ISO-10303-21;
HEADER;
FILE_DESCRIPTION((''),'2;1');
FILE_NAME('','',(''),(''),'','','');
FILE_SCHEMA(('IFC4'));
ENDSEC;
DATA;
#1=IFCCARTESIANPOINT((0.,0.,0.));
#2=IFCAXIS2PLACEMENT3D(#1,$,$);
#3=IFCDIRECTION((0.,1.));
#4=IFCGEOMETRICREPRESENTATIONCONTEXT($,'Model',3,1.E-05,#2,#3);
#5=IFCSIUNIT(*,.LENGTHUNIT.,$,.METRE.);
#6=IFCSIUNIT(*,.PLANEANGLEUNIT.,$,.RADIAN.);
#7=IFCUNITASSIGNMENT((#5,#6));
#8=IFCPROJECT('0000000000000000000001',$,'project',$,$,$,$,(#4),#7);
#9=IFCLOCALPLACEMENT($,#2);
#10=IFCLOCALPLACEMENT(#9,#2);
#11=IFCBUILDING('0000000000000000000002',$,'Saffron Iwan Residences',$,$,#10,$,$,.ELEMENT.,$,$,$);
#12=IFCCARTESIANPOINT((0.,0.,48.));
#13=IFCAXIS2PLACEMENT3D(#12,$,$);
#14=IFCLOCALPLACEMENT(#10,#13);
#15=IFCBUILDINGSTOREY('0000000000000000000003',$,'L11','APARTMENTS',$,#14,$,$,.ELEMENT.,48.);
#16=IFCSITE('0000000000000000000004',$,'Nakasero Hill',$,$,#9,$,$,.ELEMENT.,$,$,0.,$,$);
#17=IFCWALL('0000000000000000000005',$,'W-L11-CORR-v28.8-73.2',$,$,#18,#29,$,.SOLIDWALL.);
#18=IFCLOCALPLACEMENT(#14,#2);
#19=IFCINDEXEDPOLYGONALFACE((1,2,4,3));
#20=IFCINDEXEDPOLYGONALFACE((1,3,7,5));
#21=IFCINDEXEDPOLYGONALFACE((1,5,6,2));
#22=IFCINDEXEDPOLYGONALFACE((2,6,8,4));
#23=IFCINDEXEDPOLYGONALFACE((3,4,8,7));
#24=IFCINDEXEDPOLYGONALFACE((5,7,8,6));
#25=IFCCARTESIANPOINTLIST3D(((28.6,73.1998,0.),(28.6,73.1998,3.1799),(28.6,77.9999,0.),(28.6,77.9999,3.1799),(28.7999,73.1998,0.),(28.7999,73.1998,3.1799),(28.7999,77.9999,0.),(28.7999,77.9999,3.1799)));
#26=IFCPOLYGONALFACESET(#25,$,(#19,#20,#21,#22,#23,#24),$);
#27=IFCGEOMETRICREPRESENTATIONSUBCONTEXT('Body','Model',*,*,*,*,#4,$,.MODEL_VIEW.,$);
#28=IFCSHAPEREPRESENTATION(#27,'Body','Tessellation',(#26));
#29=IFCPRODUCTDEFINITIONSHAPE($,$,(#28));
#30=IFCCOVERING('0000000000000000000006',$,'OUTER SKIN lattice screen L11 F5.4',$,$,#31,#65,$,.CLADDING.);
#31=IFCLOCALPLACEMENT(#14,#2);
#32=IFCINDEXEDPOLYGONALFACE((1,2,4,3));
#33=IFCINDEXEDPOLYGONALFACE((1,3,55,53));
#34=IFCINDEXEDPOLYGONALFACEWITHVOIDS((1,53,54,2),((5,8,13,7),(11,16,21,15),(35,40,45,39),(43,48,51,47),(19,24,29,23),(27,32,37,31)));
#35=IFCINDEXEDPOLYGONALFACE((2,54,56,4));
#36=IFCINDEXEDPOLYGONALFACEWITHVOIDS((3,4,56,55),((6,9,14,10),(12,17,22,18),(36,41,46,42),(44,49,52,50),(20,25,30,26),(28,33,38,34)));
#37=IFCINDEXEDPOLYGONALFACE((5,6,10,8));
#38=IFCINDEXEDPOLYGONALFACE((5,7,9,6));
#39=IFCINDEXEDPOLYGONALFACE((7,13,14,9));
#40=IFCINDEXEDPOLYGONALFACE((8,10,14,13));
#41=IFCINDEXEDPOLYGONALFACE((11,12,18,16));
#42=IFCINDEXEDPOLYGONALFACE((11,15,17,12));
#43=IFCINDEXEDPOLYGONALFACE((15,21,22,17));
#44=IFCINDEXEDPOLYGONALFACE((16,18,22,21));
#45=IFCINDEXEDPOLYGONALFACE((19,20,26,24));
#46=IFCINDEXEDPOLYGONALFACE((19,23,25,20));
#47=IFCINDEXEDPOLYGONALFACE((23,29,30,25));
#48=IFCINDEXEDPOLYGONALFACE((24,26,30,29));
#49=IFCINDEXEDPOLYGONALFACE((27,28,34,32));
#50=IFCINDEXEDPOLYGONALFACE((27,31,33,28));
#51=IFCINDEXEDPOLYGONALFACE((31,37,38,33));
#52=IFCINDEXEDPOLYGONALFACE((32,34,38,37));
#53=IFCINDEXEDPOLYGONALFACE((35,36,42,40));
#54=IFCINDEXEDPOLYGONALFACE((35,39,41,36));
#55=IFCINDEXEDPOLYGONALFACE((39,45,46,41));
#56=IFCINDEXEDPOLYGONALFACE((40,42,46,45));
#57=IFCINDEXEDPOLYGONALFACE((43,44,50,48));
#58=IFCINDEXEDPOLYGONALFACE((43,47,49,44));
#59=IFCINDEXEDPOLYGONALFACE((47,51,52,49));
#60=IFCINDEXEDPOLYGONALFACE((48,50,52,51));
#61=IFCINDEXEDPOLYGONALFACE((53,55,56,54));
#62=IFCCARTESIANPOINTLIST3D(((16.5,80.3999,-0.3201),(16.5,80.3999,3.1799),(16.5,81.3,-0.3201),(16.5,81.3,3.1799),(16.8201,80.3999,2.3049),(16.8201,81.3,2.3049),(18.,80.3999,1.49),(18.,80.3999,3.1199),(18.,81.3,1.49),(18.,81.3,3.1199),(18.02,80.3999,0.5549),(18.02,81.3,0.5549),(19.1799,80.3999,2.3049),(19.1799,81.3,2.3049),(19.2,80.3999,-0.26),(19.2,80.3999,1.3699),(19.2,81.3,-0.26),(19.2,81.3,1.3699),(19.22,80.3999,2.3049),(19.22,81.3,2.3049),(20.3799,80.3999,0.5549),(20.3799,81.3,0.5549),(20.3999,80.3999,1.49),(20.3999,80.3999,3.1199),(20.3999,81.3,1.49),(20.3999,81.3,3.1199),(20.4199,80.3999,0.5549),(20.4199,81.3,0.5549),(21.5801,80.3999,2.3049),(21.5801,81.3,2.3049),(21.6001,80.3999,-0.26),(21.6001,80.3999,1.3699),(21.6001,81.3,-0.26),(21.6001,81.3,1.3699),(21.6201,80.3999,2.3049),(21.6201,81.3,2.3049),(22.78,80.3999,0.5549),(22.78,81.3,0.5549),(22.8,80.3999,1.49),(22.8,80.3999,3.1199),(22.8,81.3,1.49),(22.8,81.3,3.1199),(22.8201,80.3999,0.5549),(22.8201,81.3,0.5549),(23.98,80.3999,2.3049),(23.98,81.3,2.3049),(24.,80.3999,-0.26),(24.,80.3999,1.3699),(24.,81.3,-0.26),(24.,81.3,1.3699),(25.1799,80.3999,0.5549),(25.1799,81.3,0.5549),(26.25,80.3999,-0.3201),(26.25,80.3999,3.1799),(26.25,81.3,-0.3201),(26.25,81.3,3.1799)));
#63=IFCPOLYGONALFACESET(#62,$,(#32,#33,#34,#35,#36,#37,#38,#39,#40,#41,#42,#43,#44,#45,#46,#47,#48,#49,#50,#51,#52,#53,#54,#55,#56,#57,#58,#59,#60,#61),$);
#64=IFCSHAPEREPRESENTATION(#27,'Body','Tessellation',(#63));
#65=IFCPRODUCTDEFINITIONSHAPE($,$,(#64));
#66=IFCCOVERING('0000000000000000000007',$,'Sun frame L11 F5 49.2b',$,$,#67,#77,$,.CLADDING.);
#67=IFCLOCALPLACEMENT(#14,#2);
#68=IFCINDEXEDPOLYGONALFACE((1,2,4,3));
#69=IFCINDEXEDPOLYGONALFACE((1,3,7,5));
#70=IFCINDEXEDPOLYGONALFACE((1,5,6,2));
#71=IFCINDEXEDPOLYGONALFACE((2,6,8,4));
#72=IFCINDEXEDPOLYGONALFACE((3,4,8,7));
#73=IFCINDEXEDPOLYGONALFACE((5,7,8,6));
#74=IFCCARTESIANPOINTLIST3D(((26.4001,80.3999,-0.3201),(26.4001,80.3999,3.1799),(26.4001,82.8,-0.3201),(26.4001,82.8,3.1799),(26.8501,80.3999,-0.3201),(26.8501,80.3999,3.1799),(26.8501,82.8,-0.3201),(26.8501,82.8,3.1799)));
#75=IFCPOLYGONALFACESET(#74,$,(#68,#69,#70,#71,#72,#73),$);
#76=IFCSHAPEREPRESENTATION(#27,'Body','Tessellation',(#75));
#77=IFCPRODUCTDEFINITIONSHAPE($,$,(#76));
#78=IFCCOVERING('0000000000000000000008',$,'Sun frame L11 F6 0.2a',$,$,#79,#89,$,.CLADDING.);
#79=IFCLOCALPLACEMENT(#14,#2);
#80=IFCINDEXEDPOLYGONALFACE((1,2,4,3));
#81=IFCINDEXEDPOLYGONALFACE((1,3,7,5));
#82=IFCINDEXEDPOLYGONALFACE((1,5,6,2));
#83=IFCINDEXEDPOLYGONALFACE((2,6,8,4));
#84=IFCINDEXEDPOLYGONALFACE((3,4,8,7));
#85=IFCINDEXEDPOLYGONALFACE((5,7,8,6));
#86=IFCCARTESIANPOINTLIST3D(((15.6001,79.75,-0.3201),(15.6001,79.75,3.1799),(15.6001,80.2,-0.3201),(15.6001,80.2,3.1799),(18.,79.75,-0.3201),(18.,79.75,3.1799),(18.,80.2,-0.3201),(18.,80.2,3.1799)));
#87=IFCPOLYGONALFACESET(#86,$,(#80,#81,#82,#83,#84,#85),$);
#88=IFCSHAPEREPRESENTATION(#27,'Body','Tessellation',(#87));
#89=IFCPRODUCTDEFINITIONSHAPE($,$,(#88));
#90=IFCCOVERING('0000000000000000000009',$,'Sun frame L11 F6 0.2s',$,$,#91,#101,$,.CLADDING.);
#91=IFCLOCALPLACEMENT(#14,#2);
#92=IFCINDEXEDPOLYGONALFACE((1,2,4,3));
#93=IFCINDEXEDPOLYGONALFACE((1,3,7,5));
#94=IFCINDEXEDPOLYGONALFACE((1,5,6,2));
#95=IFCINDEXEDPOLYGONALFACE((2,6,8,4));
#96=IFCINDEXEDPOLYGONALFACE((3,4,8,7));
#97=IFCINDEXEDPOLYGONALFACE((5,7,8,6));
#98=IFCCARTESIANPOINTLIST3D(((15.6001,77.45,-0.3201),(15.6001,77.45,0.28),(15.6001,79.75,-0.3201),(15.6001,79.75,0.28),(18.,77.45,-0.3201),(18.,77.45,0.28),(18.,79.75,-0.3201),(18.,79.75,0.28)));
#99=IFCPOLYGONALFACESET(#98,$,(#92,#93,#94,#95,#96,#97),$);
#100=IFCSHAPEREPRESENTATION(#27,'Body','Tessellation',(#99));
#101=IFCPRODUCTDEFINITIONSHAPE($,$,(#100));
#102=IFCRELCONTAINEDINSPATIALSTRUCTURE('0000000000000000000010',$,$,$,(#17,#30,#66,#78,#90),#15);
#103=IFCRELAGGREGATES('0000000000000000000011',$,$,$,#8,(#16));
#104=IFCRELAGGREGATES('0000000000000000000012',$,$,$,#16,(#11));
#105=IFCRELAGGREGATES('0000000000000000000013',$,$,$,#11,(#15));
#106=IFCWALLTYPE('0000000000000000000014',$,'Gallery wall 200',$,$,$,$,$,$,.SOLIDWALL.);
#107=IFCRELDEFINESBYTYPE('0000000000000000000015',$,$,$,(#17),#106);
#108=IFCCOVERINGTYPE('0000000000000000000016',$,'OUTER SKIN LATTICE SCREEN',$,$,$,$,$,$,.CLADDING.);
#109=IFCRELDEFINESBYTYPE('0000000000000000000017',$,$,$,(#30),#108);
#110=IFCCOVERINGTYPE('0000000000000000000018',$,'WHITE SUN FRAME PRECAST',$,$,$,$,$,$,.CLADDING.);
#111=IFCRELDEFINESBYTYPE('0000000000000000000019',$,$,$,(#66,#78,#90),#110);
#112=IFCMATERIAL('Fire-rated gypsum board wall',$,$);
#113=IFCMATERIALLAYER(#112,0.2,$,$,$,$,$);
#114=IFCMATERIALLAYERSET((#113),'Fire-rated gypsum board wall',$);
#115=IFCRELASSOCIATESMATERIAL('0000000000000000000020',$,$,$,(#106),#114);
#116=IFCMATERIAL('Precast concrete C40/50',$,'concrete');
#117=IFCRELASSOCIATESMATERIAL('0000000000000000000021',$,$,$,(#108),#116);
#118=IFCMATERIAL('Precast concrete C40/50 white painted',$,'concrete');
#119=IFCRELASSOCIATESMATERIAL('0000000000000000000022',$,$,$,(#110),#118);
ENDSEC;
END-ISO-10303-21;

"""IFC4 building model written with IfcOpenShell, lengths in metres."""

from ifc_helpers import new_model, si_unit, direction, frame, frame_2d, origin, place, context, subcontext, project, spatial, polyline, rectangle, outline, extrude, material, layer, layer_set, type_object, element, save


model = new_model("IFC4")

# Units and contexts
model_context = context("Model", 3, precision=1e-05, world=origin(), true_north=direction((0.0, 1.0)))
body_context = subcontext(model_context, "Body", "Model", "MODEL_VIEW")
ifc_project = project(units=[si_unit("LENGTHUNIT", "METRE"), si_unit("PLANEANGLEUNIT", "RADIAN")], contexts=[model_context])

# Site, building, storey
site_placement = place(None, origin())
site = spatial("IfcSite", under=ifc_project, at=site_placement, Name="Nakasero Hill", CompositionType="ELEMENT", RefElevation=0.0)
building_placement = place(site_placement, origin())
building = spatial("IfcBuilding", under=site, at=building_placement, Name="Saffron Iwan Residences", CompositionType="ELEMENT")
storey_placement = place(building_placement, frame((0.0, 0.0, 48.0)))
storey = spatial("IfcBuildingStorey", under=building, at=storey_placement, Name="L11", Description="APARTMENTS", CompositionType="ELEMENT", Elevation=48.0)

# Wall
ifc_material_1 = material(Name="Fire-rated gypsum board wall")
ifc_layer_1 = layer(ifc_material_1, 0.2)
ifc_layer_set_1 = layer_set([ifc_layer_1], Name="Fire-rated gypsum board wall")
wall_type_1 = type_object("IfcWallType", Name="Gallery wall 200", PredefinedType="SOLIDWALL", material=ifc_layer_set_1)
wall_1_placement = place(storey_placement, frame((28.7, 73.2, 0.0), z_axis=(0.0, 0.0, 1.0), x_axis=(0.0, 1.0, 0.0)))
element("IfcWall", 1, at=wall_1_placement, inside=storey, type_object=wall_type_1, Name="W-L11-CORR-v28.8-73.2", PredefinedType="SOLIDWALL", context=body_context, shape_type="SweptSolid", body=[
    extrude(rectangle(XDim=4.8, YDim=0.2, at=frame_2d((2.3999, 0.0))), origin(), (0.0, 0.0, 1.0), 3.1799),
])

# Coverings
ifc_material_2 = material(Name="Precast concrete C40/50", Category="concrete")
covering_type_1 = type_object("IfcCoveringType", Name="OUTER SKIN LATTICE SCREEN", PredefinedType="CLADDING", material=ifc_material_2)
covering_1_placement = place(storey_placement, frame((26.25, 80.3999, -0.3201), z_axis=(0.0, 1.0, 0.0), x_axis=(-1.0, 0.0, 0.0)))
element("IfcCovering", 2, at=covering_1_placement, inside=storey, type_object=covering_type_1, Name="OUTER SKIN lattice screen L11 F5.4", PredefinedType="CLADDING", context=body_context, shape_type="SweptSolid", body=[
    extrude(outline(polyline([(0.0, 0.0), (9.75, 0.0), (9.75, 3.5), (0.0, 3.5), (0.0, 0.0)]), holes=[polyline([(1.0701, 0.875), (2.25, 0.0601), (3.4299, 0.875), (2.25, 1.6899), (1.0701, 0.875)]), polyline([(3.47, 0.875), (4.6499, 0.0601), (5.8301, 0.875), (4.6499, 1.6899), (3.47, 0.875)]), polyline([(5.8701, 0.875), (7.05, 0.0601), (8.23, 0.875), (7.05, 1.6899), (5.8701, 0.875)]), polyline([(2.27, 2.625), (3.45, 1.8101), (4.6299, 2.625), (3.45, 3.4399), (2.27, 2.625)]), polyline([(4.6699, 2.625), (5.8501, 1.8101), (7.03, 2.625), (5.8501, 3.4399), (4.6699, 2.625)]), polyline([(7.0701, 2.625), (8.25, 1.8101), (9.4299, 2.625), (8.25, 3.4399), (7.0701, 2.625)])]), origin(), (0.0, 0.0, 1.0), 0.9001),
])
ifc_material_3 = material(Name="Precast concrete C40/50 white painted", Category="concrete")
covering_type_2 = type_object("IfcCoveringType", Name="WHITE SUN FRAME PRECAST", PredefinedType="CLADDING", material=ifc_material_3)
covering_2_placement = place(storey_placement, frame((26.8501, 80.3999, -0.3201), z_axis=(0.0, 1.0, 0.0), x_axis=(-1.0, 0.0, 0.0)))
element("IfcCovering", 3, at=covering_2_placement, inside=storey, type_object=covering_type_2, Name="Sun frame L11 F5 49.2b", PredefinedType="CLADDING", context=body_context, shape_type="SweptSolid", body=[
    extrude(outline(polyline([(0.0, 0.0), (0.45, 0.0), (0.45, 3.5), (0.0, 3.5), (0.0, 0.0)])), origin(), (0.0, 0.0, 1.0), 2.4001),
])
covering_3_placement = place(storey_placement, frame((18.0, 80.2, -0.3201), z_axis=(-1.0, 0.0, 0.0), x_axis=(0.0, -1.0, 0.0)))
element("IfcCovering", 4, at=covering_3_placement, inside=storey, type_object=covering_type_2, Name="Sun frame L11 F6 0.2a", PredefinedType="CLADDING", context=body_context, shape_type="SweptSolid", body=[
    extrude(outline(polyline([(0.0, 0.0), (0.45, 0.0), (0.45, 3.5), (0.0, 3.5), (0.0, 0.0)])), origin(), (0.0, 0.0, 1.0), 2.3999),
])
covering_4_placement = place(storey_placement, frame((18.0, 79.75, -0.3201), z_axis=(-1.0, 0.0, 0.0), x_axis=(0.0, -1.0, 0.0)))
element("IfcCovering", 5, at=covering_4_placement, inside=storey, type_object=covering_type_2, Name="Sun frame L11 F6 0.2s", PredefinedType="CLADDING", context=body_context, shape_type="SweptSolid", body=[
    extrude(outline(polyline([(0.0, 0.0), (2.3, 0.0), (2.3, 0.6001), (0.0, 0.6001), (0.0, 0.0)])), origin(), (0.0, 0.0, 1.0), 2.3999),
])

save(model, "model.ifc")
